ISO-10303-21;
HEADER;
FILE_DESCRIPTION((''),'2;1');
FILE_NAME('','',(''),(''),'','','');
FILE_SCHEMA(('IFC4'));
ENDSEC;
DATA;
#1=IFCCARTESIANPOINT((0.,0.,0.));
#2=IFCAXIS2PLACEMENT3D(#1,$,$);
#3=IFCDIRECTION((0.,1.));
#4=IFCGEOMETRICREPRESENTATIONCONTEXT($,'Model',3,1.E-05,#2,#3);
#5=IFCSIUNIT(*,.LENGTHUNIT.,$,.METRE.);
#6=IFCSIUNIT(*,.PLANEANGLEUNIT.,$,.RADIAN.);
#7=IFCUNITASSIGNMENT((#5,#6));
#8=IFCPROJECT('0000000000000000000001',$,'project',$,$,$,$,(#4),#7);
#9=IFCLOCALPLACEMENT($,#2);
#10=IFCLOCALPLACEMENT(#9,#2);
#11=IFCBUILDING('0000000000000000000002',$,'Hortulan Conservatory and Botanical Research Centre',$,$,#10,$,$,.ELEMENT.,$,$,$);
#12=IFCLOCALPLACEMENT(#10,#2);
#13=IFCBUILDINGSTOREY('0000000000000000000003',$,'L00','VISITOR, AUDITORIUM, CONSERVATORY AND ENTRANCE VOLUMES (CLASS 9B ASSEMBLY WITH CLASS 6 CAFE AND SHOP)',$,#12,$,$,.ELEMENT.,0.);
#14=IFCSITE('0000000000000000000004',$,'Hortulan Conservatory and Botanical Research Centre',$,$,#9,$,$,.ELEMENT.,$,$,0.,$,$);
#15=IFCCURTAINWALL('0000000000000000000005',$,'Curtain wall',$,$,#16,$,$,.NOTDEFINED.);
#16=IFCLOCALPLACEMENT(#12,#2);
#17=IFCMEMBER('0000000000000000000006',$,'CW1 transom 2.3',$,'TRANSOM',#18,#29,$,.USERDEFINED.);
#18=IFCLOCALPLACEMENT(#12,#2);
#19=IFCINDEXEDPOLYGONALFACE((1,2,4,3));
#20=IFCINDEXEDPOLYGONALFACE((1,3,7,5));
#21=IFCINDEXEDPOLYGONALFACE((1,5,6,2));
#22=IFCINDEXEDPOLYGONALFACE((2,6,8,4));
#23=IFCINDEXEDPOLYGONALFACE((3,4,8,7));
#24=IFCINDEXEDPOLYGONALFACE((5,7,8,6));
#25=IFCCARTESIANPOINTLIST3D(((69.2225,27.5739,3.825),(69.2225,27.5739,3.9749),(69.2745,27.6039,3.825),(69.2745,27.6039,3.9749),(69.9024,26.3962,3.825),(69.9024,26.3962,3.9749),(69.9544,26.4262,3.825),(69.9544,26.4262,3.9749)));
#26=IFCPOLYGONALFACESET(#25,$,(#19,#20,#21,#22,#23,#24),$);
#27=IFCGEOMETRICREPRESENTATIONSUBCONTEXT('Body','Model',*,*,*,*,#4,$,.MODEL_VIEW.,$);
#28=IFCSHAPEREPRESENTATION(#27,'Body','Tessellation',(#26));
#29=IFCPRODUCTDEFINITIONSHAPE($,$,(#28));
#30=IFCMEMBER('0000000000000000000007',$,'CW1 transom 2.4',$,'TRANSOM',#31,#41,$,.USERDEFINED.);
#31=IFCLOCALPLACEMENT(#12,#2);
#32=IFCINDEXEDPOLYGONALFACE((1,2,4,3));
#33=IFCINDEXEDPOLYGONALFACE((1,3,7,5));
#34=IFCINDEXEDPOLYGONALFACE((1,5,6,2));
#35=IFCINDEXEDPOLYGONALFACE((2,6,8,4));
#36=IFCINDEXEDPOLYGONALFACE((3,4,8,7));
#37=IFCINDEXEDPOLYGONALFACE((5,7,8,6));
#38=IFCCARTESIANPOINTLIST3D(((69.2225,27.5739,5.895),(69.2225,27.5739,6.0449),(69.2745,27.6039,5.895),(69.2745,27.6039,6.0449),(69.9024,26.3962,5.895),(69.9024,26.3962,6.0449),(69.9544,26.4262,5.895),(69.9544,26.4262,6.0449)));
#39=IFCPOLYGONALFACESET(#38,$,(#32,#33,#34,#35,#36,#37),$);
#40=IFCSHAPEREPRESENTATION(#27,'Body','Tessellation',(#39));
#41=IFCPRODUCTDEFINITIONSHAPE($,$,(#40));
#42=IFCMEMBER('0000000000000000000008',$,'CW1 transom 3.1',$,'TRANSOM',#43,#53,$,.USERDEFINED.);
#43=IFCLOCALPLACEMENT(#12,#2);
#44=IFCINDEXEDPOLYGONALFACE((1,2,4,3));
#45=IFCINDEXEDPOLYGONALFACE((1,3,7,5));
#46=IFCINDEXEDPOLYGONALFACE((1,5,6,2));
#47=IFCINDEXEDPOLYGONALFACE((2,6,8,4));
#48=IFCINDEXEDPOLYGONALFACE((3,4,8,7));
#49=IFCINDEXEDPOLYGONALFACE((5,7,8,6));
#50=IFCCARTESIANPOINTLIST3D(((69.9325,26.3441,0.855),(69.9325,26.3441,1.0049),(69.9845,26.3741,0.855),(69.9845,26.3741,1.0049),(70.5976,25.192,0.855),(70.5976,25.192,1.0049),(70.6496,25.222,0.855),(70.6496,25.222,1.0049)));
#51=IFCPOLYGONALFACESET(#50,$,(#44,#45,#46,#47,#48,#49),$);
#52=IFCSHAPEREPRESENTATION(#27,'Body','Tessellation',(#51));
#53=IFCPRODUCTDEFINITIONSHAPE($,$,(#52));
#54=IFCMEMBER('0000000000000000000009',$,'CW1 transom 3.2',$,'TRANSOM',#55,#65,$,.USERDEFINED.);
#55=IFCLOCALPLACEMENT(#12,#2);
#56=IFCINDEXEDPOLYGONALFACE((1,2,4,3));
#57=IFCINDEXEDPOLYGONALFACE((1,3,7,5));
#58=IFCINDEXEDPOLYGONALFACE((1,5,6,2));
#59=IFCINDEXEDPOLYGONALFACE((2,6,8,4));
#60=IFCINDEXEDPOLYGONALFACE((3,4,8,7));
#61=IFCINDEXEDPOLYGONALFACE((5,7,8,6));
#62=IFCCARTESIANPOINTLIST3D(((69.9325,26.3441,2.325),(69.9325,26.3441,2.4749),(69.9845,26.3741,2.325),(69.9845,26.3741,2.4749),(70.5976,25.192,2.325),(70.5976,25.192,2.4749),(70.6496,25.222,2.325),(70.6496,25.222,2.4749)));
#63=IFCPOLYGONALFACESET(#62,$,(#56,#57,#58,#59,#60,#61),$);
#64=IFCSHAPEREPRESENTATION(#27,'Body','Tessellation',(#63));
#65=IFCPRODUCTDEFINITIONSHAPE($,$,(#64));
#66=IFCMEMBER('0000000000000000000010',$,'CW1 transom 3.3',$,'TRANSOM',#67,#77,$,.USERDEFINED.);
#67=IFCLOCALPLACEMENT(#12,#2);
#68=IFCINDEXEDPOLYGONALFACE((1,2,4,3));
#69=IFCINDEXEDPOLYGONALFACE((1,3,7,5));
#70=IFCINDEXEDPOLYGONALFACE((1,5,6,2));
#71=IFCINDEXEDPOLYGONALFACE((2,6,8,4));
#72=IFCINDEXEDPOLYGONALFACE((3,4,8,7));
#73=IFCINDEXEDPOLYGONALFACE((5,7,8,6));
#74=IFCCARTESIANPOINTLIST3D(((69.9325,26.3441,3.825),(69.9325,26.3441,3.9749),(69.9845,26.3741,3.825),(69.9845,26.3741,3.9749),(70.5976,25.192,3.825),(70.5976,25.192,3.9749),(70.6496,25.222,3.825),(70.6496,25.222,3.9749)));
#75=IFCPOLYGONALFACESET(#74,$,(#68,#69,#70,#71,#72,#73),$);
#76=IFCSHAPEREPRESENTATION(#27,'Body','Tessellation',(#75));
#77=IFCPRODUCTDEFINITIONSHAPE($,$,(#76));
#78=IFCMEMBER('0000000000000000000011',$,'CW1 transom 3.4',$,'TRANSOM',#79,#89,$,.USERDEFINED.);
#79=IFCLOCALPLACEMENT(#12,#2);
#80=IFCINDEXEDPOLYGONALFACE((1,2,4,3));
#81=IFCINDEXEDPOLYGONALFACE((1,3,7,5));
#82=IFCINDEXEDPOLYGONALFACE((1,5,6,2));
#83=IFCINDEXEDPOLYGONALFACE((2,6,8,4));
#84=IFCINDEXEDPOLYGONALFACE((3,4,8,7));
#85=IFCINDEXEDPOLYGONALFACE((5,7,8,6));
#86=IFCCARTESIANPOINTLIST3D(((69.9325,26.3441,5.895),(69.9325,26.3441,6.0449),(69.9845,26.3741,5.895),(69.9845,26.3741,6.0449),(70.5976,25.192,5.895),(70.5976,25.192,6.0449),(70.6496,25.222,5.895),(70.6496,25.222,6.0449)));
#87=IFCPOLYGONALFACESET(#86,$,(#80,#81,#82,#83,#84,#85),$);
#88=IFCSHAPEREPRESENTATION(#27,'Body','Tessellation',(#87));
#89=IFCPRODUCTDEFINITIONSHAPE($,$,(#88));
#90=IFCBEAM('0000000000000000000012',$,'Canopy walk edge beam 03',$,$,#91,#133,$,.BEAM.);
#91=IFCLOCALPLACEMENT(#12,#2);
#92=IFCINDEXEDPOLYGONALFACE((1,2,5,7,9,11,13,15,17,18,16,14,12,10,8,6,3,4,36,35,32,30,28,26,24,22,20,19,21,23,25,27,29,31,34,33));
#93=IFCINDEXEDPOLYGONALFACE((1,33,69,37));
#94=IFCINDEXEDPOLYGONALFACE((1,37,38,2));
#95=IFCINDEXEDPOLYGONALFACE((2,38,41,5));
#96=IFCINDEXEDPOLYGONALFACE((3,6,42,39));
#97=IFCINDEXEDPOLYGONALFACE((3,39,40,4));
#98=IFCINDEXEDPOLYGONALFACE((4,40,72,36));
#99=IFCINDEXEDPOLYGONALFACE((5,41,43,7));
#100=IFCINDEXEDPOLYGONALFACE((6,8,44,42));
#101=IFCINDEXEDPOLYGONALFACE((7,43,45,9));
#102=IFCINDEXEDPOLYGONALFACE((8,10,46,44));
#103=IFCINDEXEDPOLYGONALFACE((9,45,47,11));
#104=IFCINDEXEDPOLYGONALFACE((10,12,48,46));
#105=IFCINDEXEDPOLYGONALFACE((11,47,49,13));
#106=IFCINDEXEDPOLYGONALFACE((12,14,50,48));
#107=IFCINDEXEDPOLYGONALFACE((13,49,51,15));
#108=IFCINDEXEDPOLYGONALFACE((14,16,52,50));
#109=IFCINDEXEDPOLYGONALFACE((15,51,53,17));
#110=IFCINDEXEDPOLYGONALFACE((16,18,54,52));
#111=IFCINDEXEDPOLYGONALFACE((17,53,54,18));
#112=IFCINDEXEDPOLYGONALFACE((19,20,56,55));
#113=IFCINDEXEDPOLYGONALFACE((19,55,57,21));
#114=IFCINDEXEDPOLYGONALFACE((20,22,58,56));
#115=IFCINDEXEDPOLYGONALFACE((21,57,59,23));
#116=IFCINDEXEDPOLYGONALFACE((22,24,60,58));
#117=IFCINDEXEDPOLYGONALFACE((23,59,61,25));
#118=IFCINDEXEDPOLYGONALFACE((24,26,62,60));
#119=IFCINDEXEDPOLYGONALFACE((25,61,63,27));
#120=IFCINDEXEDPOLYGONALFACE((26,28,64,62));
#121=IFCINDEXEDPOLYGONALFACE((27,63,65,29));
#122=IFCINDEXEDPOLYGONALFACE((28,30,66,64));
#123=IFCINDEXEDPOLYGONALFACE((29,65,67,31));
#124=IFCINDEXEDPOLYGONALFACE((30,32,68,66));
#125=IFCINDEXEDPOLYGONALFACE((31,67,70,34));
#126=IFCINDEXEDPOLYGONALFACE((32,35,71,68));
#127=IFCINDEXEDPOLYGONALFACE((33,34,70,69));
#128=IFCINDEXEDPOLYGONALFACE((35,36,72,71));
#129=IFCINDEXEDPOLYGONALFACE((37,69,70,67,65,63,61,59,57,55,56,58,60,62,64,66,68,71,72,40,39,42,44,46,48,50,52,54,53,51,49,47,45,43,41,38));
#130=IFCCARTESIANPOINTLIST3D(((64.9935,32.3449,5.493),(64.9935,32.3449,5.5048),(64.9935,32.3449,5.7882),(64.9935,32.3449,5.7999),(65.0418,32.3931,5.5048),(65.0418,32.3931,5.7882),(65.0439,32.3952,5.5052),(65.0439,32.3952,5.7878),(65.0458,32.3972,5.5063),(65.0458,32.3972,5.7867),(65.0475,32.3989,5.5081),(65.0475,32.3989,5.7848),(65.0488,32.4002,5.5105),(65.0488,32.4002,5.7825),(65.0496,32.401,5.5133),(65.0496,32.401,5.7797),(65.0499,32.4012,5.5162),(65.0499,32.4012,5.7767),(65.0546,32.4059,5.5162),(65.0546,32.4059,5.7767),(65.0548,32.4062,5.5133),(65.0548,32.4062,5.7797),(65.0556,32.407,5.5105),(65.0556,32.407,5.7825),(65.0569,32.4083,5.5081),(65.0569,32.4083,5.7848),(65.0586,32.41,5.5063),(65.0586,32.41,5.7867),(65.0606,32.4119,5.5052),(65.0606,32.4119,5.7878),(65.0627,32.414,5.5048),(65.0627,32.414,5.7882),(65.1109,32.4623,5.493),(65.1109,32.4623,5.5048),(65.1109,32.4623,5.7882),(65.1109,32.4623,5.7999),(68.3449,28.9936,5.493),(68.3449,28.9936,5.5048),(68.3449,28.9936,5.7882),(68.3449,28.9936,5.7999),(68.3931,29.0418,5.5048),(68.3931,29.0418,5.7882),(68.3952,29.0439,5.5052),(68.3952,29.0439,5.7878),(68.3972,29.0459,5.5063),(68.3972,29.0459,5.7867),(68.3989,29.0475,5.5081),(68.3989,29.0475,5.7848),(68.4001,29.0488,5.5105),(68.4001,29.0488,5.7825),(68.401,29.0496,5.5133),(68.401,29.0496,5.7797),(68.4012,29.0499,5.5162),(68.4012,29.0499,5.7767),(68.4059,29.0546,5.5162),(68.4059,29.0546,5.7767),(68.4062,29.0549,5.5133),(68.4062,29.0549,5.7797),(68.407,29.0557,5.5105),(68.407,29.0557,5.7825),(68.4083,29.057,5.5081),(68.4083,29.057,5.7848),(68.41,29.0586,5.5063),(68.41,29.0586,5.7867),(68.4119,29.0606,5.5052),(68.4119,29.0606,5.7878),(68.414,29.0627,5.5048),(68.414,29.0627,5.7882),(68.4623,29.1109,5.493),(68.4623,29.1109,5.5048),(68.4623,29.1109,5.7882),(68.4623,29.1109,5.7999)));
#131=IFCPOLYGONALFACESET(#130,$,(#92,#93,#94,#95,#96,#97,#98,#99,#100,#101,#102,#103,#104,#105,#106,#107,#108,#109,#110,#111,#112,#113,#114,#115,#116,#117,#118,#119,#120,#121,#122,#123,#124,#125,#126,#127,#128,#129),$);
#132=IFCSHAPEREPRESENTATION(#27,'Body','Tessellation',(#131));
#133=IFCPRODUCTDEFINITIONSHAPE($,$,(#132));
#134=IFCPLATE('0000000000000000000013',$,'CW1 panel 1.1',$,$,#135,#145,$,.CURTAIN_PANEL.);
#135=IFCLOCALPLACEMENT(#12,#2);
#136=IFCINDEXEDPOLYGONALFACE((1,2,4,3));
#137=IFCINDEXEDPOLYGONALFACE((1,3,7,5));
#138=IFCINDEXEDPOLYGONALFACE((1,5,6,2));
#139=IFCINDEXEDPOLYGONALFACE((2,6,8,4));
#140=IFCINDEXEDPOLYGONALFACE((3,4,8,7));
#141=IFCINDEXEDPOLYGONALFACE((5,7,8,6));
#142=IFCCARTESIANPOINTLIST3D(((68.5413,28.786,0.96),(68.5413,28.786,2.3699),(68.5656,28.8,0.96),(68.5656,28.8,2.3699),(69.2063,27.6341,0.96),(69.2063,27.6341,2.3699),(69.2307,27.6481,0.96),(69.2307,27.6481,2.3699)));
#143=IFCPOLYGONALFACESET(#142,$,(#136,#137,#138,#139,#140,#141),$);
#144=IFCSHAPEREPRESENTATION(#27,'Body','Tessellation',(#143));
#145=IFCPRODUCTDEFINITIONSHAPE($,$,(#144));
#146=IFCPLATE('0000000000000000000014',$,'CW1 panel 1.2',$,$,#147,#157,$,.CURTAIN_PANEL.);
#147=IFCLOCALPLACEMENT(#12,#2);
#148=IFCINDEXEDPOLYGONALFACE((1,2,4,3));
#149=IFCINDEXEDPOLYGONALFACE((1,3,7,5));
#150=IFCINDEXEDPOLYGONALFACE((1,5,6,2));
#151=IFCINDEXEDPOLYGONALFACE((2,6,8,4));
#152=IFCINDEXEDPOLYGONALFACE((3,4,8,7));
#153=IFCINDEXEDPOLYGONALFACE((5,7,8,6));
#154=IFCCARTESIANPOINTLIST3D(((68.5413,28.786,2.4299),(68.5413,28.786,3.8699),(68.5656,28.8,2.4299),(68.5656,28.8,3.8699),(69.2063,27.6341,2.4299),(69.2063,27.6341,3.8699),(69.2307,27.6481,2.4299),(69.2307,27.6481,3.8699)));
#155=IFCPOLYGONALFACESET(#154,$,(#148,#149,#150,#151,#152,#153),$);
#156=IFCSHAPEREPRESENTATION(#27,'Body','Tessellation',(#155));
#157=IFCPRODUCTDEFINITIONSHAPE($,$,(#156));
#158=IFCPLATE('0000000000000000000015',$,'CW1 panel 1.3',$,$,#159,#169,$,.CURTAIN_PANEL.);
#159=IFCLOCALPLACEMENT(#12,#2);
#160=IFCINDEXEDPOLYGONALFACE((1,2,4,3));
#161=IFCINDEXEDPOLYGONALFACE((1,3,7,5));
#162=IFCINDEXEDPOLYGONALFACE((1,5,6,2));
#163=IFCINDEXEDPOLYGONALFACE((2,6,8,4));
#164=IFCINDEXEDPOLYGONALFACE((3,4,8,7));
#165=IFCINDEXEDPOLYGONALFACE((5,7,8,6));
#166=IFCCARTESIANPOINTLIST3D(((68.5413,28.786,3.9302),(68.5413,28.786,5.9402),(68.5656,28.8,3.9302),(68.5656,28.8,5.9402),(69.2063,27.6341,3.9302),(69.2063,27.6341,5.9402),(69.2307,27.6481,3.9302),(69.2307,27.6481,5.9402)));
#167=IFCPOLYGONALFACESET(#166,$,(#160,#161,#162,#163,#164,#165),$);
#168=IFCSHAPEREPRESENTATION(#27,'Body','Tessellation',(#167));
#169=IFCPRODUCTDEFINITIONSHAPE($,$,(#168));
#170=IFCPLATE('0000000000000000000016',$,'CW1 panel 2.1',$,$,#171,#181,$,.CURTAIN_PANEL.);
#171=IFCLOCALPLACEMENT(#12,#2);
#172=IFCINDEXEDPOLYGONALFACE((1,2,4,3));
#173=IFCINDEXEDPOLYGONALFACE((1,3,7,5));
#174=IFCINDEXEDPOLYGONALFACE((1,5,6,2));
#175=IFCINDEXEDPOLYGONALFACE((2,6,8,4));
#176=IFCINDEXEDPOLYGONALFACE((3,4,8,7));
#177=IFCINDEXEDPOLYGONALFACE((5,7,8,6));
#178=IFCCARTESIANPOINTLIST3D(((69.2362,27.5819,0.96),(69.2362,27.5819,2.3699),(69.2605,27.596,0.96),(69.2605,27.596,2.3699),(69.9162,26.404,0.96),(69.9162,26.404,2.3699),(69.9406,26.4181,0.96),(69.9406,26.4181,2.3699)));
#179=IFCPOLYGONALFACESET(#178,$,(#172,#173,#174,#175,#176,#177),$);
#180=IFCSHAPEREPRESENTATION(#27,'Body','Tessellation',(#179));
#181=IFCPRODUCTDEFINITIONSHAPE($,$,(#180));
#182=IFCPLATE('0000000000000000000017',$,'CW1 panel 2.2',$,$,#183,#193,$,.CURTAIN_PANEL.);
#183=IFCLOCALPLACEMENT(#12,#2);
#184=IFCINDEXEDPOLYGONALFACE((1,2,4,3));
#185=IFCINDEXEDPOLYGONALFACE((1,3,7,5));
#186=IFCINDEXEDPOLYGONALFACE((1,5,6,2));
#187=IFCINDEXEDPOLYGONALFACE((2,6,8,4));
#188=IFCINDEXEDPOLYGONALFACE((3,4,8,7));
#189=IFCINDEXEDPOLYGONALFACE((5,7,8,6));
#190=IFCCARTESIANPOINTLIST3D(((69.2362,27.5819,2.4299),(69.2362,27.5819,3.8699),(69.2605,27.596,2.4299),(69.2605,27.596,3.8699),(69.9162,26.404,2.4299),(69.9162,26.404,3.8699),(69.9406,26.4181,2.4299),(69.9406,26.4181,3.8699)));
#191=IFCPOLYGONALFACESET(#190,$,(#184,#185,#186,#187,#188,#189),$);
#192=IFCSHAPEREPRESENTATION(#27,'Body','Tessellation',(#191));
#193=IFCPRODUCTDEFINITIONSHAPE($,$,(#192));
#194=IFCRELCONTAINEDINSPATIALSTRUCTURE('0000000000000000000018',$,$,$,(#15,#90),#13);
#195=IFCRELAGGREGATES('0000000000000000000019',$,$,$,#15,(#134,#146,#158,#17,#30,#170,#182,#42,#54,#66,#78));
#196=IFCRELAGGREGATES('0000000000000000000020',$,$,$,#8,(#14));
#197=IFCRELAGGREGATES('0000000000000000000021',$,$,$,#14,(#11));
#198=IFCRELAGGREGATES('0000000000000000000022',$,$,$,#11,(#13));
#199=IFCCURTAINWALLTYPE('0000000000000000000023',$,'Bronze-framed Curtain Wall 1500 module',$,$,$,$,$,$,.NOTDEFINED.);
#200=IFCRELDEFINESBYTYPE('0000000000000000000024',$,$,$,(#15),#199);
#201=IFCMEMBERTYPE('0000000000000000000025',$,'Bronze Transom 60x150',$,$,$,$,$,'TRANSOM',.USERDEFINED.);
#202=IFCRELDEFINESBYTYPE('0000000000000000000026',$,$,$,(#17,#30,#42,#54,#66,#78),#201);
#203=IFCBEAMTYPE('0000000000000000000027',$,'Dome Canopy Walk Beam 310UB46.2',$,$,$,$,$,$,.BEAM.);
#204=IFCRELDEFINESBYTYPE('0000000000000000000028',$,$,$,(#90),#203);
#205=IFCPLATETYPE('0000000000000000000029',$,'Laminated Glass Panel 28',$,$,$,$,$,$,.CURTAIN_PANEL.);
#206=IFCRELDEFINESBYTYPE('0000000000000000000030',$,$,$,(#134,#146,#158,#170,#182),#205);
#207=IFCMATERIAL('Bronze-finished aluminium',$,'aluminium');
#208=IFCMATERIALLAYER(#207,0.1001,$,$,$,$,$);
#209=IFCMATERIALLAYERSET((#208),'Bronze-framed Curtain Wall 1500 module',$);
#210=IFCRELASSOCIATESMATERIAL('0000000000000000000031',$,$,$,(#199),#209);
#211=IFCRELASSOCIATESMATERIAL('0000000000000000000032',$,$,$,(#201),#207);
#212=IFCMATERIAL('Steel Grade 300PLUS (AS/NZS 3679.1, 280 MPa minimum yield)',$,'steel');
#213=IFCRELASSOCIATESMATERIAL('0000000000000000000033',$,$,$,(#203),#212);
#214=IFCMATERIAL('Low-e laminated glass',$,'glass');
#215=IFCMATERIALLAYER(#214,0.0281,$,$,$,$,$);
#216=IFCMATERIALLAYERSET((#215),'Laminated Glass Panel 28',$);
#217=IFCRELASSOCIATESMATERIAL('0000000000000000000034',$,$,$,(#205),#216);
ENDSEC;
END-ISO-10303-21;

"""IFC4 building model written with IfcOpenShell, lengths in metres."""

from ifc_helpers import new_model, si_unit, direction, frame, origin, origin_2d, place, context, subcontext, project, spatial, rectangle, i_section, extrude, material, layer, layer_set, material_profile, profile_set, type_object, element, aggregate, save


model = new_model("IFC4")

# Units and contexts
model_context = context("Model", 3, precision=1e-05, world=origin(), true_north=direction((0.0, 1.0)))
body_context = subcontext(model_context, "Body", "Model", "MODEL_VIEW")
ifc_project = project(units=[si_unit("LENGTHUNIT", "METRE"), si_unit("PLANEANGLEUNIT", "RADIAN")], contexts=[model_context])

# Site, building, storey
site_placement = place(None, origin())
site = spatial("IfcSite", under=ifc_project, at=site_placement, Name="Hortulan Conservatory and Botanical Research Centre", CompositionType="ELEMENT", RefElevation=0.0)
building_placement = place(site_placement, origin())
building = spatial("IfcBuilding", under=site, at=building_placement, Name="Hortulan Conservatory and Botanical Research Centre", CompositionType="ELEMENT")
storey_placement = place(building_placement, origin())
storey = spatial("IfcBuildingStorey", under=building, at=storey_placement, Name="L00", Description="VISITOR, AUDITORIUM, CONSERVATORY AND ENTRANCE VOLUMES (CLASS 9B ASSEMBLY WITH CLASS 6 CAFE AND SHOP)", CompositionType="ELEMENT", Elevation=0.0)

# Curtain wall, members
ifc_material_1 = material(Name="Bronze-finished aluminium", Category="aluminium")
ifc_layer_1 = layer(ifc_material_1, 0.1001)
ifc_layer_set_1 = layer_set([ifc_layer_1], Name="Bronze-framed Curtain Wall 1500 module")
curtain_wall_type = type_object("IfcCurtainWallType", Name="Bronze-framed Curtain Wall 1500 module", PredefinedType="NOTDEFINED", material=ifc_layer_set_1)
curtain_wall_placement = place(storey_placement, origin())
curtain_wall = element("IfcCurtainWall", 1, at=curtain_wall_placement, inside=storey, type_object=curtain_wall_type, Name="Curtain wall", PredefinedType="NOTDEFINED")
ifc_material_profile_1 = material_profile(ifc_material_1, rectangle(XDim=0.0601, YDim=0.1499, at=origin_2d()), Name="Bronze Transom 60x150")
ifc_profile_set_1 = profile_set([ifc_material_profile_1], Name="Bronze-finished aluminium")
member_type_1 = type_object("IfcMemberType", Name="Bronze Transom 60x150", ElementType="TRANSOM", PredefinedType="USERDEFINED", material=ifc_profile_set_1)
member_1_placement = place(storey_placement, frame((69.2485, 27.5889, 3.8999), z_axis=(0.499981, -0.866036, 0.0), x_axis=(0.866036, 0.499981, 0.0)))
member_1 = element("IfcMember", 2, at=member_1_placement, type_object=member_type_1, Name="CW1 transom 2.3", ObjectType="TRANSOM", PredefinedType="USERDEFINED", context=body_context, shape_type="SweptSolid", body=[
    extrude(rectangle(XDim=0.0601, YDim=0.1499, at=origin_2d()), origin(), (0.0, 0.0, 1.0), 1.3599),
])
member_2_placement = place(storey_placement, frame((69.2485, 27.5889, 5.97), z_axis=(0.499981, -0.866036, 0.0), x_axis=(0.866036, 0.499981, 0.0)))
member_2 = element("IfcMember", 3, at=member_2_placement, type_object=member_type_1, Name="CW1 transom 2.4", ObjectType="TRANSOM", PredefinedType="USERDEFINED", context=body_context, shape_type="SweptSolid", body=[
    extrude(rectangle(XDim=0.0601, YDim=0.1499, at=origin_2d()), origin(), (0.0, 0.0, 1.0), 1.3599),
])
member_3_placement = place(storey_placement, frame((69.9585, 26.3591, 0.9299), z_axis=(0.499929, -0.866066, 0.0), x_axis=(0.866066, 0.499929, 0.0)))
member_3 = element("IfcMember", 4, at=member_3_placement, type_object=member_type_1, Name="CW1 transom 3.1", ObjectType="TRANSOM", PredefinedType="USERDEFINED", context=body_context, shape_type="SweptSolid", body=[
    extrude(rectangle(XDim=0.0601, YDim=0.1499, at=origin_2d()), origin(), (0.0, 0.0, 1.0), 1.3303),
])
member_4_placement = place(storey_placement, frame((69.9585, 26.3591, 2.3999), z_axis=(0.499929, -0.866066, 0.0), x_axis=(0.866066, 0.499929, 0.0)))
member_4 = element("IfcMember", 5, at=member_4_placement, type_object=member_type_1, Name="CW1 transom 3.2", ObjectType="TRANSOM", PredefinedType="USERDEFINED", context=body_context, shape_type="SweptSolid", body=[
    extrude(rectangle(XDim=0.0601, YDim=0.1499, at=origin_2d()), origin(), (0.0, 0.0, 1.0), 1.3303),
])
member_5_placement = place(storey_placement, frame((69.9585, 26.3591, 3.8999), z_axis=(0.499929, -0.866066, 0.0), x_axis=(0.866066, 0.499929, 0.0)))
member_5 = element("IfcMember", 6, at=member_5_placement, type_object=member_type_1, Name="CW1 transom 3.3", ObjectType="TRANSOM", PredefinedType="USERDEFINED", context=body_context, shape_type="SweptSolid", body=[
    extrude(rectangle(XDim=0.0601, YDim=0.1499, at=origin_2d()), origin(), (0.0, 0.0, 1.0), 1.3303),
])
member_6_placement = place(storey_placement, frame((69.9585, 26.3591, 5.97), z_axis=(0.499929, -0.866066, 0.0), x_axis=(0.866066, 0.499929, 0.0)))
member_6 = element("IfcMember", 7, at=member_6_placement, type_object=member_type_1, Name="CW1 transom 3.4", ObjectType="TRANSOM", PredefinedType="USERDEFINED", context=body_context, shape_type="SweptSolid", body=[
    extrude(rectangle(XDim=0.0601, YDim=0.1499, at=origin_2d()), origin(), (0.0, 0.0, 1.0), 1.3303),
])

# Beam
ifc_material_2 = material(Name="Steel Grade 300PLUS (AS/NZS 3679.1, 280 MPa minimum yield)", Category="steel")
ifc_material_profile_2 = material_profile(ifc_material_2, i_section(OverallWidth=0.166, OverallDepth=0.3069, WebThickness=0.0066, FlangeThickness=0.0117, FilletRadius=0.0115, at=origin_2d()), Name="310UB46.2")
ifc_profile_set_2 = profile_set([ifc_material_profile_2], Name="Steel Grade 300PLUS (AS/NZS 3679.1, 280 MPa minimum yield)")
beam_type = type_object("IfcBeamType", Name="Dome Canopy Walk Beam 310UB46.2", PredefinedType="BEAM", material=ifc_profile_set_2)
beam_placement = place(storey_placement, frame((68.4036, 29.0522, 5.6465), z_axis=(-0.707107, 0.707107, 0.0), x_axis=(-0.707107, -0.707107, 0.0)))
element("IfcBeam", 8, at=beam_placement, inside=storey, type_object=beam_type, Name="Canopy walk edge beam 03", PredefinedType="BEAM", context=body_context, shape_type="SweptSolid", body=[
    extrude(i_section(OverallWidth=0.166, OverallDepth=0.3069, WebThickness=0.0066, FlangeThickness=0.0117, FilletRadius=0.0115, at=origin_2d()), origin(), (0.0, 0.0, 1.0), 4.7395),
])

# Plates
ifc_material_3 = material(Name="Low-e laminated glass", Category="glass")
ifc_layer_2 = layer(ifc_material_3, 0.0281)
ifc_layer_set_2 = layer_set([ifc_layer_2], Name="Laminated Glass Panel 28")
plate_type = type_object("IfcPlateType", Name="Laminated Glass Panel 28", PredefinedType="CURTAIN_PANEL", material=ifc_layer_set_2)
plate_1_placement = place(storey_placement, frame((68.886, 28.217, 0.96), z_axis=(0.0, 0.0, 1.0), x_axis=(0.499981, -0.866036, 0.0)))
plate_1 = element("IfcPlate", 9, at=plate_1_placement, type_object=plate_type, Name="CW1 panel 1.1", PredefinedType="CURTAIN_PANEL", context=body_context, shape_type="SweptSolid", body=[
    extrude(rectangle(XDim=1.3301, YDim=0.0281, at=origin_2d()), origin(), (0.0, 0.0, 1.0), 1.4099),
])
plate_2_placement = place(storey_placement, frame((68.886, 28.217, 2.4299), z_axis=(0.0, 0.0, 1.0), x_axis=(0.499981, -0.866036, 0.0)))
plate_2 = element("IfcPlate", 10, at=plate_2_placement, type_object=plate_type, Name="CW1 panel 1.2", PredefinedType="CURTAIN_PANEL", context=body_context, shape_type="SweptSolid", body=[
    extrude(rectangle(XDim=1.3301, YDim=0.0281, at=origin_2d()), origin(), (0.0, 0.0, 1.0), 1.4399),
])
plate_3_placement = place(storey_placement, frame((68.886, 28.217, 3.9302), z_axis=(0.0, 0.0, 1.0), x_axis=(0.499981, -0.866036, 0.0)))
plate_3 = element("IfcPlate", 11, at=plate_3_placement, type_object=plate_type, Name="CW1 panel 1.3", PredefinedType="CURTAIN_PANEL", context=body_context, shape_type="SweptSolid", body=[
    extrude(rectangle(XDim=1.3301, YDim=0.0281, at=origin_2d()), origin(), (0.0, 0.0, 1.0), 2.01),
])
plate_4_placement = place(storey_placement, frame((69.5884, 27.0, 0.96), z_axis=(0.0, 0.0, 1.0), x_axis=(0.499981, -0.866036, 0.0)))
plate_4 = element("IfcPlate", 12, at=plate_4_placement, type_object=plate_type, Name="CW1 panel 2.1", PredefinedType="CURTAIN_PANEL", context=body_context, shape_type="SweptSolid", body=[
    extrude(rectangle(XDim=1.3601, YDim=0.0281, at=origin_2d()), origin(), (0.0, 0.0, 1.0), 1.4099),
])
plate_5_placement = place(storey_placement, frame((69.5884, 27.0, 2.4299), z_axis=(0.0, 0.0, 1.0), x_axis=(0.499981, -0.866036, 0.0)))
plate_5 = element("IfcPlate", 13, at=plate_5_placement, type_object=plate_type, Name="CW1 panel 2.2", PredefinedType="CURTAIN_PANEL", context=body_context, shape_type="SweptSolid", body=[
    extrude(rectangle(XDim=1.3601, YDim=0.0281, at=origin_2d()), origin(), (0.0, 0.0, 1.0), 1.4399),
])
aggregate(curtain_wall, [plate_1, plate_2, plate_3, member_1, member_2, plate_4, plate_5, member_3, member_4, member_5, member_6])

save(model, "model.ifc")
